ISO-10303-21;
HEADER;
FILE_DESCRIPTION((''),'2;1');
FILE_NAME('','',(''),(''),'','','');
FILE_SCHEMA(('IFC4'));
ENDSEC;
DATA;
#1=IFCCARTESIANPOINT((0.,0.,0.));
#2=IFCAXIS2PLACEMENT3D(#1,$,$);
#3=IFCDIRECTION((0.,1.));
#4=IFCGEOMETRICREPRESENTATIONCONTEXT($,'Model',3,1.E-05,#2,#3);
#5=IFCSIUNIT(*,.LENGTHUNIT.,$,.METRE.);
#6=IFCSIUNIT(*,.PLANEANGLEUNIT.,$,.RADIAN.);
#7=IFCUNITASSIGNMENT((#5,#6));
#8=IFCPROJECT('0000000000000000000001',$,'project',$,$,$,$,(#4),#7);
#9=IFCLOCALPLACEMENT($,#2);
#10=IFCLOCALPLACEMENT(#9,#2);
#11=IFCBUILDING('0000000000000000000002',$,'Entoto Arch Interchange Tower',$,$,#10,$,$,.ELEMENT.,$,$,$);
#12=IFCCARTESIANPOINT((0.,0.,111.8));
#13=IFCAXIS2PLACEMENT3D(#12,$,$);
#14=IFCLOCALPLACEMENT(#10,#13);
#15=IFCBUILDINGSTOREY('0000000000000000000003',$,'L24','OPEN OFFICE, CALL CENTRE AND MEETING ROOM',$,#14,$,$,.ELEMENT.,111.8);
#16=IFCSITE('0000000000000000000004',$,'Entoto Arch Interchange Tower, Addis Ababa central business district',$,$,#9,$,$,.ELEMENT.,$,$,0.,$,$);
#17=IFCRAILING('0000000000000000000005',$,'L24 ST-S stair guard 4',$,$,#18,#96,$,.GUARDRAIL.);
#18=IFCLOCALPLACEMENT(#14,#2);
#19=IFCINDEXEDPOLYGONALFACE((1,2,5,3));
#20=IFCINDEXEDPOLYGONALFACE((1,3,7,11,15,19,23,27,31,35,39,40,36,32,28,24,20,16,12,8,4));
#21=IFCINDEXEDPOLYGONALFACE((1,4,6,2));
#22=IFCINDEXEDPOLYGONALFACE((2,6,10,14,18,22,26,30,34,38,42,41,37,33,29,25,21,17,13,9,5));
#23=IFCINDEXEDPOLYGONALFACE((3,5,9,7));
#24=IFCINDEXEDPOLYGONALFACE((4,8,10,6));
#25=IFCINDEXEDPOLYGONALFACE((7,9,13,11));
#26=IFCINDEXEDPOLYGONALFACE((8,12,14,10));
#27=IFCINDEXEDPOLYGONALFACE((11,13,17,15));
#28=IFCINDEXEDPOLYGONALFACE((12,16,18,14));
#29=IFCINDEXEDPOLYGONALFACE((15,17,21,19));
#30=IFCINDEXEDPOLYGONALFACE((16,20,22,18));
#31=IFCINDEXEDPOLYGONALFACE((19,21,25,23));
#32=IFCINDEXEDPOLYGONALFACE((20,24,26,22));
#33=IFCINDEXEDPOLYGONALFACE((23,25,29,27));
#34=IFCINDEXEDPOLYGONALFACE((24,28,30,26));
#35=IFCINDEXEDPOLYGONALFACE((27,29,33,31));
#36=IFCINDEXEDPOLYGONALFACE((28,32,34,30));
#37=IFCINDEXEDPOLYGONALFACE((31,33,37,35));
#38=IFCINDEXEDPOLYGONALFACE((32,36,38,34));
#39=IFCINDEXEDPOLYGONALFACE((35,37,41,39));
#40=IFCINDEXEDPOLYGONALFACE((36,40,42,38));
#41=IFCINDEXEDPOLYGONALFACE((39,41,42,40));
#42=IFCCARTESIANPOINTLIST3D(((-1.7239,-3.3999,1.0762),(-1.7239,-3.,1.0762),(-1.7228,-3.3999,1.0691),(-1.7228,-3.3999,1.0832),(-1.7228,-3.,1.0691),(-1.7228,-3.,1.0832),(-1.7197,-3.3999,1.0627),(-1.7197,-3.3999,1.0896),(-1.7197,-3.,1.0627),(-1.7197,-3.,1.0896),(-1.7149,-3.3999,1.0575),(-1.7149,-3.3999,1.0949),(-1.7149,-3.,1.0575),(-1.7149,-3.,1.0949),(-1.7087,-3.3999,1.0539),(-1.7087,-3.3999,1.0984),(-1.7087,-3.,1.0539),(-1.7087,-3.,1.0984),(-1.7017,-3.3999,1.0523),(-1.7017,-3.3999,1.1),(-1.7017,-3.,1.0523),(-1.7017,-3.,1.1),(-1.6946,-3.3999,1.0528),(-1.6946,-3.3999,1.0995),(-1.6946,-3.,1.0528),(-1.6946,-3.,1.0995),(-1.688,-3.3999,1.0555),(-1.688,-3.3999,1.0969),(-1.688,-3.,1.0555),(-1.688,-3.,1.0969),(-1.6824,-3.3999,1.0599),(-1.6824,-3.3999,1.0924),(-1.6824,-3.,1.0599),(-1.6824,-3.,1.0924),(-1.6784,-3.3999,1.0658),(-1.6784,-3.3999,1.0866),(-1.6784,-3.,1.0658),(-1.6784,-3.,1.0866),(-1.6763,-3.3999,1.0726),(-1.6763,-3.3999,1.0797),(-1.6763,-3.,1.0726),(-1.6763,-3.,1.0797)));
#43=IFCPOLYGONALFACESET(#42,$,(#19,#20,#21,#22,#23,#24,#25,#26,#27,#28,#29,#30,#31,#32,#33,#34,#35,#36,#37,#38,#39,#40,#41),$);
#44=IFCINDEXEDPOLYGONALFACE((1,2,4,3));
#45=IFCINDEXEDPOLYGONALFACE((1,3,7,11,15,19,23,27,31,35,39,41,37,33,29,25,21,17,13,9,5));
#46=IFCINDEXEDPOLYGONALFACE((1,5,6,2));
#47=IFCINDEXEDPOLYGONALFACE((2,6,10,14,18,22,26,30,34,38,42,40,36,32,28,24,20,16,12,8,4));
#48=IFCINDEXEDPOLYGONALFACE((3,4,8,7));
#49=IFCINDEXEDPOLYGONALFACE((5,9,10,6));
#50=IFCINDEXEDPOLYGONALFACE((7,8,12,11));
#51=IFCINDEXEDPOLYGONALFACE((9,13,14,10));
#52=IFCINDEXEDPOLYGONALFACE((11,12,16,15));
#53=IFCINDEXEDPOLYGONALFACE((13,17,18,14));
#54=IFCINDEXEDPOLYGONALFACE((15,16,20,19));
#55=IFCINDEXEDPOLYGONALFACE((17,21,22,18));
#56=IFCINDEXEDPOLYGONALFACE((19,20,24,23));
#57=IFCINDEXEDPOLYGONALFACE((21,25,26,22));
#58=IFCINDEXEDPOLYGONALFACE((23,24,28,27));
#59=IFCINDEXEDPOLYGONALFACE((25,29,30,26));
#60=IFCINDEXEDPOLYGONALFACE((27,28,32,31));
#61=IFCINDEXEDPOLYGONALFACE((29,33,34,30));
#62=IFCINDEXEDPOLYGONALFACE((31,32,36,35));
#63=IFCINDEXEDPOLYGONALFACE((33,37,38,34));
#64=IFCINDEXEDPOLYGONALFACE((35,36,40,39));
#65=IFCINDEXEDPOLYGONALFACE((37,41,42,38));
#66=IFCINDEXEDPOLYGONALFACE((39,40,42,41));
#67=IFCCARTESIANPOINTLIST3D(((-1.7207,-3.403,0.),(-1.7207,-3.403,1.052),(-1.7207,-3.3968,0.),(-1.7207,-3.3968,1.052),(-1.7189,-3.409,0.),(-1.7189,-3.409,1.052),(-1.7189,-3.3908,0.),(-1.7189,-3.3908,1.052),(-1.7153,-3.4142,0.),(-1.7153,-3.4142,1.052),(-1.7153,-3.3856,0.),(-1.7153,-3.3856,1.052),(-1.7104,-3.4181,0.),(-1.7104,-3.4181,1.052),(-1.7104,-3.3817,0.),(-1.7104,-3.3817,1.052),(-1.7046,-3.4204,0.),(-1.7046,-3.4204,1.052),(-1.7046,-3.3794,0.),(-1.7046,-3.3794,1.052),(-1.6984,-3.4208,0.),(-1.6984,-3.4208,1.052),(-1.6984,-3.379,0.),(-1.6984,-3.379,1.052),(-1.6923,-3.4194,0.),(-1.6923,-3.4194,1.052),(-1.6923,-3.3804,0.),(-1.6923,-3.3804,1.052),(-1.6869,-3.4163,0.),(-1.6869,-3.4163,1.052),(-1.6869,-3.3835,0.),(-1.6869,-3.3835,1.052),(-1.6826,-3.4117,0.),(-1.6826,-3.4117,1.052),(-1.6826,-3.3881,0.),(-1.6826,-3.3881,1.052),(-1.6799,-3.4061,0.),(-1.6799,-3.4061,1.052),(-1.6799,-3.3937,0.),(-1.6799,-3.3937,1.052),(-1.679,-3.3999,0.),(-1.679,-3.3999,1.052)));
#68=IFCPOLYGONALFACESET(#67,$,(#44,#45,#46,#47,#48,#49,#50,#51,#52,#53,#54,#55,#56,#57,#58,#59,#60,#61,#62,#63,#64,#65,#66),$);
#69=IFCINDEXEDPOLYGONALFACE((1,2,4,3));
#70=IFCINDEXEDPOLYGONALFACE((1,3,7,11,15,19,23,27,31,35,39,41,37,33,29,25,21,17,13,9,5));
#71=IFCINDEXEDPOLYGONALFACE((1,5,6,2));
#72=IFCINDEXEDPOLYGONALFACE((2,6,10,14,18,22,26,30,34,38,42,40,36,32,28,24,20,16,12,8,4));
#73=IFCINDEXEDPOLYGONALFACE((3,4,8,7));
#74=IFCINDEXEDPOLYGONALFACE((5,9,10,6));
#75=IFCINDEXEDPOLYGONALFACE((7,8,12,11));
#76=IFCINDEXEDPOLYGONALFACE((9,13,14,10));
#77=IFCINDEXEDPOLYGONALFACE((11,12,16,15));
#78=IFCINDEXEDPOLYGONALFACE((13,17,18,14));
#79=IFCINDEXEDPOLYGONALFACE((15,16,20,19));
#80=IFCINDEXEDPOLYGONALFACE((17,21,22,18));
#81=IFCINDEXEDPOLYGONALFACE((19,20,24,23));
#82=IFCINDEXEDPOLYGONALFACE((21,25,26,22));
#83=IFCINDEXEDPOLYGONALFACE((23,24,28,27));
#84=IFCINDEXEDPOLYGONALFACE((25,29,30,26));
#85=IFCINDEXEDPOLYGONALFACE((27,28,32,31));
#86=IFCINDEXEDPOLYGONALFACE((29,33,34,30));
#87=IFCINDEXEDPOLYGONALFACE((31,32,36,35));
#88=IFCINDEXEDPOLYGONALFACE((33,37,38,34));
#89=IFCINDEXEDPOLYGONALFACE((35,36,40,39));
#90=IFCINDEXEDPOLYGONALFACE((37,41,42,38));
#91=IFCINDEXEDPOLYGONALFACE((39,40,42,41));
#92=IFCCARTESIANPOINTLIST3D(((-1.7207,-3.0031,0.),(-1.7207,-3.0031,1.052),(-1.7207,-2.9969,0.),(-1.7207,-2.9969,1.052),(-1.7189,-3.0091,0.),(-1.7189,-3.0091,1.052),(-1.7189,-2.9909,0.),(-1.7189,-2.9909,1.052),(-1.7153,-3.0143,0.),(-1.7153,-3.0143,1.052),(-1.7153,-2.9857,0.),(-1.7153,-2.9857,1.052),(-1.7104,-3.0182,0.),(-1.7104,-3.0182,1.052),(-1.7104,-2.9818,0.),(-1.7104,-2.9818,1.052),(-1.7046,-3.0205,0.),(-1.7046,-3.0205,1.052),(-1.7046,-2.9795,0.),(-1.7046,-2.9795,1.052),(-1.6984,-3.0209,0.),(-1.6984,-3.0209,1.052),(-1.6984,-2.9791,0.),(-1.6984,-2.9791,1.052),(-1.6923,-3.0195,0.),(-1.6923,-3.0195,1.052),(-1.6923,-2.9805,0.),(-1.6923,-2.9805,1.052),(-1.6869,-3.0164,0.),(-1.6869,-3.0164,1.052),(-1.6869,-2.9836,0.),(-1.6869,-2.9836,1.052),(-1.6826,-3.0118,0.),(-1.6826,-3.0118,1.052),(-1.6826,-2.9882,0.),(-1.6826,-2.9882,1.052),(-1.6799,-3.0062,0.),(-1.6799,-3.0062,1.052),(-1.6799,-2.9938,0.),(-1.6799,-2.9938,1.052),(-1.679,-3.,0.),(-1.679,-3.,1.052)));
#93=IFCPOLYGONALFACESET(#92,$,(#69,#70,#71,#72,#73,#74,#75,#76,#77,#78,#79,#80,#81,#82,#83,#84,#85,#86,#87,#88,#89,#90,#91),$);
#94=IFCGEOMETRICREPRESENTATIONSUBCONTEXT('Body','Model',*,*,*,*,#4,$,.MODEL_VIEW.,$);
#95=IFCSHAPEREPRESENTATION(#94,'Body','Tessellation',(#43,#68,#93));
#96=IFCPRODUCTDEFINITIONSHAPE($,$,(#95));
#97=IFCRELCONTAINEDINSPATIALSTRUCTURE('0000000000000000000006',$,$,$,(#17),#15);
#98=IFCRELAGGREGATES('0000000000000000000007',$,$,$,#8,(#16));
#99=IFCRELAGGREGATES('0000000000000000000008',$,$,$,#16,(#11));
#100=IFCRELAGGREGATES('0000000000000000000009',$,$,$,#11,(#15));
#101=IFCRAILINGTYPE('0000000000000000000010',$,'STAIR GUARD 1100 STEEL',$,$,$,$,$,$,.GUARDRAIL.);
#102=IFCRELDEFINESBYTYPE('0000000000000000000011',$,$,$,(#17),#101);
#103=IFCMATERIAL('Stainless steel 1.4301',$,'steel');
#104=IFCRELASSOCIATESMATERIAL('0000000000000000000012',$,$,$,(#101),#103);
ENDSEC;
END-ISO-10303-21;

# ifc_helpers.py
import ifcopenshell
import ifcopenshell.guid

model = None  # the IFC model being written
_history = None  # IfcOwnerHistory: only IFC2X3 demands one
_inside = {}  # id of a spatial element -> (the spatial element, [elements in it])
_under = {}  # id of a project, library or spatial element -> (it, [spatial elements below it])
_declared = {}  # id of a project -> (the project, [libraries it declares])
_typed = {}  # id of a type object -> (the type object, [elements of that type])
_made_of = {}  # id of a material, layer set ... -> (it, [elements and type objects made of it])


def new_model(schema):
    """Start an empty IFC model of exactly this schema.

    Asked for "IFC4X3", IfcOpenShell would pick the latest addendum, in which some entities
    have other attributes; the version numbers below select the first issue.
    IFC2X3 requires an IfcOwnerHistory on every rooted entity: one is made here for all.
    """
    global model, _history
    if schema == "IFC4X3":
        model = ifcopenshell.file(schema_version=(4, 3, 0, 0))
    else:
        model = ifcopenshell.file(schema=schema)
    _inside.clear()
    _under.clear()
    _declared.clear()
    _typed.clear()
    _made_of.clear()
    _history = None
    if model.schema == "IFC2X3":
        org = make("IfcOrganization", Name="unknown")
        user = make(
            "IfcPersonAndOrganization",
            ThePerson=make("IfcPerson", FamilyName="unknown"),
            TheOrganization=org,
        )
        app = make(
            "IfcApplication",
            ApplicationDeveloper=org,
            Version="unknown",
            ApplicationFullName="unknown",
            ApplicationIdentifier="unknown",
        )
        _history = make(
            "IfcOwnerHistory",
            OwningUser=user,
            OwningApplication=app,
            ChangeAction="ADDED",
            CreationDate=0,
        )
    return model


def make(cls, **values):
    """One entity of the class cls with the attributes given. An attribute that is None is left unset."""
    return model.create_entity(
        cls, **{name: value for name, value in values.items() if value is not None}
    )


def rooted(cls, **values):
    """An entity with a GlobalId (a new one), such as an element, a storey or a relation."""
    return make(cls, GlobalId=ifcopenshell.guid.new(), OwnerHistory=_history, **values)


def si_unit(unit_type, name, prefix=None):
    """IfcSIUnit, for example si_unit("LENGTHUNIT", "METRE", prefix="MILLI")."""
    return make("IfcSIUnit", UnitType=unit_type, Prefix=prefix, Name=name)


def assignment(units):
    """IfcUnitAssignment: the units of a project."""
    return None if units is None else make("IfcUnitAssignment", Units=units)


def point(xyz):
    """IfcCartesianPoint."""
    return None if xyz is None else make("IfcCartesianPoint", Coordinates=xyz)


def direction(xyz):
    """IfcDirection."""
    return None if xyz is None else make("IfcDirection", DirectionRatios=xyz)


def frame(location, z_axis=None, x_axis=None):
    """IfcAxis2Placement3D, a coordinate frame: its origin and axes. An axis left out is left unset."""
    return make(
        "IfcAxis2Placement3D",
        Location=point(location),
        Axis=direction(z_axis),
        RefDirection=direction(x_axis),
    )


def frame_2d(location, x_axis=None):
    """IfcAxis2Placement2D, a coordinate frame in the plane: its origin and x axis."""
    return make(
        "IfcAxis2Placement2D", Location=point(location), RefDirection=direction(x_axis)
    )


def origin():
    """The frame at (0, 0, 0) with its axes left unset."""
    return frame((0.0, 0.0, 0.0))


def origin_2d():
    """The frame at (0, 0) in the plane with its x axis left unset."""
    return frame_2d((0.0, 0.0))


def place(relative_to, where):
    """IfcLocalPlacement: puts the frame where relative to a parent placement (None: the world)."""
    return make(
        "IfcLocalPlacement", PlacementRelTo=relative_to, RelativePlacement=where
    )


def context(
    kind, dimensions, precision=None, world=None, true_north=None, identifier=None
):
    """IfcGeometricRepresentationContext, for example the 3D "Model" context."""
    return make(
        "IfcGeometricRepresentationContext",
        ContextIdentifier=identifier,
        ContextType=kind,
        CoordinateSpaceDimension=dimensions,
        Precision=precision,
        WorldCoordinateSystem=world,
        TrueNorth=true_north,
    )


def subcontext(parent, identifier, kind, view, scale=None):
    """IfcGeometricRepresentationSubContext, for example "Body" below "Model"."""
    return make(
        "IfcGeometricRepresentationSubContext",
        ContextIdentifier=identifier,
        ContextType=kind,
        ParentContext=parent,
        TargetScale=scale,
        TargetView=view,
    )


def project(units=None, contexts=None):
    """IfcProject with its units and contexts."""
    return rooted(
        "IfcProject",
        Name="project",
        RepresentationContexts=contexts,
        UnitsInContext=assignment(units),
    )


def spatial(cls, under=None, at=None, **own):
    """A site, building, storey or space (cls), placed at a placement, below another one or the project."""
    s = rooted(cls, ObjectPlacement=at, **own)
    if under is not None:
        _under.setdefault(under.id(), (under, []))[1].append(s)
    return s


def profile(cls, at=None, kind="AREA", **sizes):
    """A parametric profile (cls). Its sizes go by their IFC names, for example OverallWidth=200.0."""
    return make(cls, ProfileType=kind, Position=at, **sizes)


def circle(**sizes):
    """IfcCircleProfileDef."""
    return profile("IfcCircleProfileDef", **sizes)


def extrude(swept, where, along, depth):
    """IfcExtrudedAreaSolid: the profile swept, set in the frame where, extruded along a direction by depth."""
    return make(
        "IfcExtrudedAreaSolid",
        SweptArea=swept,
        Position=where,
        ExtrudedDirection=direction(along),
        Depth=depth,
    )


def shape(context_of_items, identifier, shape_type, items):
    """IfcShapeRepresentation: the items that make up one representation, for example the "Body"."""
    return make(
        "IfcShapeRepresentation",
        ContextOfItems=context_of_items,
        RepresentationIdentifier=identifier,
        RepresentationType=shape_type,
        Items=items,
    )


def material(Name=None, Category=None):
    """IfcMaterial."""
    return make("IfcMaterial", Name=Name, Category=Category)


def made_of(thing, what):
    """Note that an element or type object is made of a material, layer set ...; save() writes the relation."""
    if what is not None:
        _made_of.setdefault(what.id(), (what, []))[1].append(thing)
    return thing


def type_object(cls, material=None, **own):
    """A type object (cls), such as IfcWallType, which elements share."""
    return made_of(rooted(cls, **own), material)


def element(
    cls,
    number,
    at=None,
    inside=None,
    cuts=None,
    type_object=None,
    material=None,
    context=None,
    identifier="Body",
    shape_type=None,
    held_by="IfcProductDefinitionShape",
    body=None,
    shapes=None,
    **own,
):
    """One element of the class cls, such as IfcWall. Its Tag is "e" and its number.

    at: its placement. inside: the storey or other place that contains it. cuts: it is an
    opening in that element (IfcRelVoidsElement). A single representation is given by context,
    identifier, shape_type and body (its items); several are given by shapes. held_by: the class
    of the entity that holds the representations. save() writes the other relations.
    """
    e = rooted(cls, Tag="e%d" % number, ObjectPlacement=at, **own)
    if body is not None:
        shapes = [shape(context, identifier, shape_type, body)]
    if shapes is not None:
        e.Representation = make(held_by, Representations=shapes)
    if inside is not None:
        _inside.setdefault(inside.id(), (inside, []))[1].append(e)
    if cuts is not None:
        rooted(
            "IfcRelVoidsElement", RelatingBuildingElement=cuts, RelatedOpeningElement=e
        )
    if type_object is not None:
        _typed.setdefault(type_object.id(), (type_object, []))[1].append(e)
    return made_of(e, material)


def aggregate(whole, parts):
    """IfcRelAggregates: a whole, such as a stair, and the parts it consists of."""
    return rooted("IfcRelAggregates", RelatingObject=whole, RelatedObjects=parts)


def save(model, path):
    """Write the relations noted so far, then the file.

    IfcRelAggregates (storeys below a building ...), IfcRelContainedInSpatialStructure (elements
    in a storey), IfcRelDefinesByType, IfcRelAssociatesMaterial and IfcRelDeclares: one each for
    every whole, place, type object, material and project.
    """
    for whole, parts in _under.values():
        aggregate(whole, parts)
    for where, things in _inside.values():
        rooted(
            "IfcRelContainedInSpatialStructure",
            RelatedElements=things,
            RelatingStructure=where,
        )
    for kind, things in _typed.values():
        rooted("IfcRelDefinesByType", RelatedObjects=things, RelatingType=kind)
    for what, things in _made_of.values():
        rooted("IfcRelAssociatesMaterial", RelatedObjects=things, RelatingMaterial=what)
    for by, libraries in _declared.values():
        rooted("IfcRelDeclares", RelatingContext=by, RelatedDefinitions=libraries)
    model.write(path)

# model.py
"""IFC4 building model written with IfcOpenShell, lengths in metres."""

from ifc_helpers import new_model, si_unit, direction, frame, origin, origin_2d, place, context, subcontext, project, spatial, circle, extrude, material, type_object, element, save


model = new_model("IFC4")

# Units and contexts
model_context = context("Model", 3, precision=1e-05, world=origin(), true_north=direction((0.0, 1.0)))
body_context = subcontext(model_context, "Body", "Model", "MODEL_VIEW")
ifc_project = project(units=[si_unit("LENGTHUNIT", "METRE"), si_unit("PLANEANGLEUNIT", "RADIAN")], contexts=[model_context])

# Site, building, storey
site_placement = place(None, origin())
site = spatial("IfcSite", under=ifc_project, at=site_placement, Name="Entoto Arch Interchange Tower, Addis Ababa central business district", CompositionType="ELEMENT", RefElevation=0.0)
building_placement = place(site_placement, origin())
building = spatial("IfcBuilding", under=site, at=building_placement, Name="Entoto Arch Interchange Tower", CompositionType="ELEMENT")
storey_placement = place(building_placement, frame((0.0, 0.0, 111.8)))
storey = spatial("IfcBuildingStorey", under=building, at=storey_placement, Name="L24", Description="OPEN OFFICE, CALL CENTRE AND MEETING ROOM", CompositionType="ELEMENT", Elevation=111.8)

# Railing
ifc_material_1 = material(Name="Stainless steel 1.4301", Category="steel")
railing_type_1 = type_object("IfcRailingType", Name="STAIR GUARD 1100 STEEL", PredefinedType="GUARDRAIL", material=ifc_material_1)
railing_1_placement = place(storey_placement, frame((-1.7, -3.3999, 0.0)))
element("IfcRailing", 1, at=railing_1_placement, inside=storey, type_object=railing_type_1, Name="L24 ST-S stair guard 4", PredefinedType="GUARDRAIL", context=body_context, shape_type="SweptSolid", body=[
    extrude(circle(Radius=0.0239, at=origin_2d()), frame((0.0, 0.0, 1.0762), z_axis=(0.0, 1.0, 0.0), x_axis=(-1.0, 0.0, 0.0)), (0.0, 0.0, 1.0), 0.3999),
    extrude(circle(Radius=0.021, at=origin_2d()), origin(), (0.0, 0.0, 1.0), 1.052),
    extrude(circle(Radius=0.021, at=origin_2d()), frame((0.0, 0.3999, 0.0)), (0.0, 0.0, 1.0), 1.052),
])

save(model, "model.ifc")
